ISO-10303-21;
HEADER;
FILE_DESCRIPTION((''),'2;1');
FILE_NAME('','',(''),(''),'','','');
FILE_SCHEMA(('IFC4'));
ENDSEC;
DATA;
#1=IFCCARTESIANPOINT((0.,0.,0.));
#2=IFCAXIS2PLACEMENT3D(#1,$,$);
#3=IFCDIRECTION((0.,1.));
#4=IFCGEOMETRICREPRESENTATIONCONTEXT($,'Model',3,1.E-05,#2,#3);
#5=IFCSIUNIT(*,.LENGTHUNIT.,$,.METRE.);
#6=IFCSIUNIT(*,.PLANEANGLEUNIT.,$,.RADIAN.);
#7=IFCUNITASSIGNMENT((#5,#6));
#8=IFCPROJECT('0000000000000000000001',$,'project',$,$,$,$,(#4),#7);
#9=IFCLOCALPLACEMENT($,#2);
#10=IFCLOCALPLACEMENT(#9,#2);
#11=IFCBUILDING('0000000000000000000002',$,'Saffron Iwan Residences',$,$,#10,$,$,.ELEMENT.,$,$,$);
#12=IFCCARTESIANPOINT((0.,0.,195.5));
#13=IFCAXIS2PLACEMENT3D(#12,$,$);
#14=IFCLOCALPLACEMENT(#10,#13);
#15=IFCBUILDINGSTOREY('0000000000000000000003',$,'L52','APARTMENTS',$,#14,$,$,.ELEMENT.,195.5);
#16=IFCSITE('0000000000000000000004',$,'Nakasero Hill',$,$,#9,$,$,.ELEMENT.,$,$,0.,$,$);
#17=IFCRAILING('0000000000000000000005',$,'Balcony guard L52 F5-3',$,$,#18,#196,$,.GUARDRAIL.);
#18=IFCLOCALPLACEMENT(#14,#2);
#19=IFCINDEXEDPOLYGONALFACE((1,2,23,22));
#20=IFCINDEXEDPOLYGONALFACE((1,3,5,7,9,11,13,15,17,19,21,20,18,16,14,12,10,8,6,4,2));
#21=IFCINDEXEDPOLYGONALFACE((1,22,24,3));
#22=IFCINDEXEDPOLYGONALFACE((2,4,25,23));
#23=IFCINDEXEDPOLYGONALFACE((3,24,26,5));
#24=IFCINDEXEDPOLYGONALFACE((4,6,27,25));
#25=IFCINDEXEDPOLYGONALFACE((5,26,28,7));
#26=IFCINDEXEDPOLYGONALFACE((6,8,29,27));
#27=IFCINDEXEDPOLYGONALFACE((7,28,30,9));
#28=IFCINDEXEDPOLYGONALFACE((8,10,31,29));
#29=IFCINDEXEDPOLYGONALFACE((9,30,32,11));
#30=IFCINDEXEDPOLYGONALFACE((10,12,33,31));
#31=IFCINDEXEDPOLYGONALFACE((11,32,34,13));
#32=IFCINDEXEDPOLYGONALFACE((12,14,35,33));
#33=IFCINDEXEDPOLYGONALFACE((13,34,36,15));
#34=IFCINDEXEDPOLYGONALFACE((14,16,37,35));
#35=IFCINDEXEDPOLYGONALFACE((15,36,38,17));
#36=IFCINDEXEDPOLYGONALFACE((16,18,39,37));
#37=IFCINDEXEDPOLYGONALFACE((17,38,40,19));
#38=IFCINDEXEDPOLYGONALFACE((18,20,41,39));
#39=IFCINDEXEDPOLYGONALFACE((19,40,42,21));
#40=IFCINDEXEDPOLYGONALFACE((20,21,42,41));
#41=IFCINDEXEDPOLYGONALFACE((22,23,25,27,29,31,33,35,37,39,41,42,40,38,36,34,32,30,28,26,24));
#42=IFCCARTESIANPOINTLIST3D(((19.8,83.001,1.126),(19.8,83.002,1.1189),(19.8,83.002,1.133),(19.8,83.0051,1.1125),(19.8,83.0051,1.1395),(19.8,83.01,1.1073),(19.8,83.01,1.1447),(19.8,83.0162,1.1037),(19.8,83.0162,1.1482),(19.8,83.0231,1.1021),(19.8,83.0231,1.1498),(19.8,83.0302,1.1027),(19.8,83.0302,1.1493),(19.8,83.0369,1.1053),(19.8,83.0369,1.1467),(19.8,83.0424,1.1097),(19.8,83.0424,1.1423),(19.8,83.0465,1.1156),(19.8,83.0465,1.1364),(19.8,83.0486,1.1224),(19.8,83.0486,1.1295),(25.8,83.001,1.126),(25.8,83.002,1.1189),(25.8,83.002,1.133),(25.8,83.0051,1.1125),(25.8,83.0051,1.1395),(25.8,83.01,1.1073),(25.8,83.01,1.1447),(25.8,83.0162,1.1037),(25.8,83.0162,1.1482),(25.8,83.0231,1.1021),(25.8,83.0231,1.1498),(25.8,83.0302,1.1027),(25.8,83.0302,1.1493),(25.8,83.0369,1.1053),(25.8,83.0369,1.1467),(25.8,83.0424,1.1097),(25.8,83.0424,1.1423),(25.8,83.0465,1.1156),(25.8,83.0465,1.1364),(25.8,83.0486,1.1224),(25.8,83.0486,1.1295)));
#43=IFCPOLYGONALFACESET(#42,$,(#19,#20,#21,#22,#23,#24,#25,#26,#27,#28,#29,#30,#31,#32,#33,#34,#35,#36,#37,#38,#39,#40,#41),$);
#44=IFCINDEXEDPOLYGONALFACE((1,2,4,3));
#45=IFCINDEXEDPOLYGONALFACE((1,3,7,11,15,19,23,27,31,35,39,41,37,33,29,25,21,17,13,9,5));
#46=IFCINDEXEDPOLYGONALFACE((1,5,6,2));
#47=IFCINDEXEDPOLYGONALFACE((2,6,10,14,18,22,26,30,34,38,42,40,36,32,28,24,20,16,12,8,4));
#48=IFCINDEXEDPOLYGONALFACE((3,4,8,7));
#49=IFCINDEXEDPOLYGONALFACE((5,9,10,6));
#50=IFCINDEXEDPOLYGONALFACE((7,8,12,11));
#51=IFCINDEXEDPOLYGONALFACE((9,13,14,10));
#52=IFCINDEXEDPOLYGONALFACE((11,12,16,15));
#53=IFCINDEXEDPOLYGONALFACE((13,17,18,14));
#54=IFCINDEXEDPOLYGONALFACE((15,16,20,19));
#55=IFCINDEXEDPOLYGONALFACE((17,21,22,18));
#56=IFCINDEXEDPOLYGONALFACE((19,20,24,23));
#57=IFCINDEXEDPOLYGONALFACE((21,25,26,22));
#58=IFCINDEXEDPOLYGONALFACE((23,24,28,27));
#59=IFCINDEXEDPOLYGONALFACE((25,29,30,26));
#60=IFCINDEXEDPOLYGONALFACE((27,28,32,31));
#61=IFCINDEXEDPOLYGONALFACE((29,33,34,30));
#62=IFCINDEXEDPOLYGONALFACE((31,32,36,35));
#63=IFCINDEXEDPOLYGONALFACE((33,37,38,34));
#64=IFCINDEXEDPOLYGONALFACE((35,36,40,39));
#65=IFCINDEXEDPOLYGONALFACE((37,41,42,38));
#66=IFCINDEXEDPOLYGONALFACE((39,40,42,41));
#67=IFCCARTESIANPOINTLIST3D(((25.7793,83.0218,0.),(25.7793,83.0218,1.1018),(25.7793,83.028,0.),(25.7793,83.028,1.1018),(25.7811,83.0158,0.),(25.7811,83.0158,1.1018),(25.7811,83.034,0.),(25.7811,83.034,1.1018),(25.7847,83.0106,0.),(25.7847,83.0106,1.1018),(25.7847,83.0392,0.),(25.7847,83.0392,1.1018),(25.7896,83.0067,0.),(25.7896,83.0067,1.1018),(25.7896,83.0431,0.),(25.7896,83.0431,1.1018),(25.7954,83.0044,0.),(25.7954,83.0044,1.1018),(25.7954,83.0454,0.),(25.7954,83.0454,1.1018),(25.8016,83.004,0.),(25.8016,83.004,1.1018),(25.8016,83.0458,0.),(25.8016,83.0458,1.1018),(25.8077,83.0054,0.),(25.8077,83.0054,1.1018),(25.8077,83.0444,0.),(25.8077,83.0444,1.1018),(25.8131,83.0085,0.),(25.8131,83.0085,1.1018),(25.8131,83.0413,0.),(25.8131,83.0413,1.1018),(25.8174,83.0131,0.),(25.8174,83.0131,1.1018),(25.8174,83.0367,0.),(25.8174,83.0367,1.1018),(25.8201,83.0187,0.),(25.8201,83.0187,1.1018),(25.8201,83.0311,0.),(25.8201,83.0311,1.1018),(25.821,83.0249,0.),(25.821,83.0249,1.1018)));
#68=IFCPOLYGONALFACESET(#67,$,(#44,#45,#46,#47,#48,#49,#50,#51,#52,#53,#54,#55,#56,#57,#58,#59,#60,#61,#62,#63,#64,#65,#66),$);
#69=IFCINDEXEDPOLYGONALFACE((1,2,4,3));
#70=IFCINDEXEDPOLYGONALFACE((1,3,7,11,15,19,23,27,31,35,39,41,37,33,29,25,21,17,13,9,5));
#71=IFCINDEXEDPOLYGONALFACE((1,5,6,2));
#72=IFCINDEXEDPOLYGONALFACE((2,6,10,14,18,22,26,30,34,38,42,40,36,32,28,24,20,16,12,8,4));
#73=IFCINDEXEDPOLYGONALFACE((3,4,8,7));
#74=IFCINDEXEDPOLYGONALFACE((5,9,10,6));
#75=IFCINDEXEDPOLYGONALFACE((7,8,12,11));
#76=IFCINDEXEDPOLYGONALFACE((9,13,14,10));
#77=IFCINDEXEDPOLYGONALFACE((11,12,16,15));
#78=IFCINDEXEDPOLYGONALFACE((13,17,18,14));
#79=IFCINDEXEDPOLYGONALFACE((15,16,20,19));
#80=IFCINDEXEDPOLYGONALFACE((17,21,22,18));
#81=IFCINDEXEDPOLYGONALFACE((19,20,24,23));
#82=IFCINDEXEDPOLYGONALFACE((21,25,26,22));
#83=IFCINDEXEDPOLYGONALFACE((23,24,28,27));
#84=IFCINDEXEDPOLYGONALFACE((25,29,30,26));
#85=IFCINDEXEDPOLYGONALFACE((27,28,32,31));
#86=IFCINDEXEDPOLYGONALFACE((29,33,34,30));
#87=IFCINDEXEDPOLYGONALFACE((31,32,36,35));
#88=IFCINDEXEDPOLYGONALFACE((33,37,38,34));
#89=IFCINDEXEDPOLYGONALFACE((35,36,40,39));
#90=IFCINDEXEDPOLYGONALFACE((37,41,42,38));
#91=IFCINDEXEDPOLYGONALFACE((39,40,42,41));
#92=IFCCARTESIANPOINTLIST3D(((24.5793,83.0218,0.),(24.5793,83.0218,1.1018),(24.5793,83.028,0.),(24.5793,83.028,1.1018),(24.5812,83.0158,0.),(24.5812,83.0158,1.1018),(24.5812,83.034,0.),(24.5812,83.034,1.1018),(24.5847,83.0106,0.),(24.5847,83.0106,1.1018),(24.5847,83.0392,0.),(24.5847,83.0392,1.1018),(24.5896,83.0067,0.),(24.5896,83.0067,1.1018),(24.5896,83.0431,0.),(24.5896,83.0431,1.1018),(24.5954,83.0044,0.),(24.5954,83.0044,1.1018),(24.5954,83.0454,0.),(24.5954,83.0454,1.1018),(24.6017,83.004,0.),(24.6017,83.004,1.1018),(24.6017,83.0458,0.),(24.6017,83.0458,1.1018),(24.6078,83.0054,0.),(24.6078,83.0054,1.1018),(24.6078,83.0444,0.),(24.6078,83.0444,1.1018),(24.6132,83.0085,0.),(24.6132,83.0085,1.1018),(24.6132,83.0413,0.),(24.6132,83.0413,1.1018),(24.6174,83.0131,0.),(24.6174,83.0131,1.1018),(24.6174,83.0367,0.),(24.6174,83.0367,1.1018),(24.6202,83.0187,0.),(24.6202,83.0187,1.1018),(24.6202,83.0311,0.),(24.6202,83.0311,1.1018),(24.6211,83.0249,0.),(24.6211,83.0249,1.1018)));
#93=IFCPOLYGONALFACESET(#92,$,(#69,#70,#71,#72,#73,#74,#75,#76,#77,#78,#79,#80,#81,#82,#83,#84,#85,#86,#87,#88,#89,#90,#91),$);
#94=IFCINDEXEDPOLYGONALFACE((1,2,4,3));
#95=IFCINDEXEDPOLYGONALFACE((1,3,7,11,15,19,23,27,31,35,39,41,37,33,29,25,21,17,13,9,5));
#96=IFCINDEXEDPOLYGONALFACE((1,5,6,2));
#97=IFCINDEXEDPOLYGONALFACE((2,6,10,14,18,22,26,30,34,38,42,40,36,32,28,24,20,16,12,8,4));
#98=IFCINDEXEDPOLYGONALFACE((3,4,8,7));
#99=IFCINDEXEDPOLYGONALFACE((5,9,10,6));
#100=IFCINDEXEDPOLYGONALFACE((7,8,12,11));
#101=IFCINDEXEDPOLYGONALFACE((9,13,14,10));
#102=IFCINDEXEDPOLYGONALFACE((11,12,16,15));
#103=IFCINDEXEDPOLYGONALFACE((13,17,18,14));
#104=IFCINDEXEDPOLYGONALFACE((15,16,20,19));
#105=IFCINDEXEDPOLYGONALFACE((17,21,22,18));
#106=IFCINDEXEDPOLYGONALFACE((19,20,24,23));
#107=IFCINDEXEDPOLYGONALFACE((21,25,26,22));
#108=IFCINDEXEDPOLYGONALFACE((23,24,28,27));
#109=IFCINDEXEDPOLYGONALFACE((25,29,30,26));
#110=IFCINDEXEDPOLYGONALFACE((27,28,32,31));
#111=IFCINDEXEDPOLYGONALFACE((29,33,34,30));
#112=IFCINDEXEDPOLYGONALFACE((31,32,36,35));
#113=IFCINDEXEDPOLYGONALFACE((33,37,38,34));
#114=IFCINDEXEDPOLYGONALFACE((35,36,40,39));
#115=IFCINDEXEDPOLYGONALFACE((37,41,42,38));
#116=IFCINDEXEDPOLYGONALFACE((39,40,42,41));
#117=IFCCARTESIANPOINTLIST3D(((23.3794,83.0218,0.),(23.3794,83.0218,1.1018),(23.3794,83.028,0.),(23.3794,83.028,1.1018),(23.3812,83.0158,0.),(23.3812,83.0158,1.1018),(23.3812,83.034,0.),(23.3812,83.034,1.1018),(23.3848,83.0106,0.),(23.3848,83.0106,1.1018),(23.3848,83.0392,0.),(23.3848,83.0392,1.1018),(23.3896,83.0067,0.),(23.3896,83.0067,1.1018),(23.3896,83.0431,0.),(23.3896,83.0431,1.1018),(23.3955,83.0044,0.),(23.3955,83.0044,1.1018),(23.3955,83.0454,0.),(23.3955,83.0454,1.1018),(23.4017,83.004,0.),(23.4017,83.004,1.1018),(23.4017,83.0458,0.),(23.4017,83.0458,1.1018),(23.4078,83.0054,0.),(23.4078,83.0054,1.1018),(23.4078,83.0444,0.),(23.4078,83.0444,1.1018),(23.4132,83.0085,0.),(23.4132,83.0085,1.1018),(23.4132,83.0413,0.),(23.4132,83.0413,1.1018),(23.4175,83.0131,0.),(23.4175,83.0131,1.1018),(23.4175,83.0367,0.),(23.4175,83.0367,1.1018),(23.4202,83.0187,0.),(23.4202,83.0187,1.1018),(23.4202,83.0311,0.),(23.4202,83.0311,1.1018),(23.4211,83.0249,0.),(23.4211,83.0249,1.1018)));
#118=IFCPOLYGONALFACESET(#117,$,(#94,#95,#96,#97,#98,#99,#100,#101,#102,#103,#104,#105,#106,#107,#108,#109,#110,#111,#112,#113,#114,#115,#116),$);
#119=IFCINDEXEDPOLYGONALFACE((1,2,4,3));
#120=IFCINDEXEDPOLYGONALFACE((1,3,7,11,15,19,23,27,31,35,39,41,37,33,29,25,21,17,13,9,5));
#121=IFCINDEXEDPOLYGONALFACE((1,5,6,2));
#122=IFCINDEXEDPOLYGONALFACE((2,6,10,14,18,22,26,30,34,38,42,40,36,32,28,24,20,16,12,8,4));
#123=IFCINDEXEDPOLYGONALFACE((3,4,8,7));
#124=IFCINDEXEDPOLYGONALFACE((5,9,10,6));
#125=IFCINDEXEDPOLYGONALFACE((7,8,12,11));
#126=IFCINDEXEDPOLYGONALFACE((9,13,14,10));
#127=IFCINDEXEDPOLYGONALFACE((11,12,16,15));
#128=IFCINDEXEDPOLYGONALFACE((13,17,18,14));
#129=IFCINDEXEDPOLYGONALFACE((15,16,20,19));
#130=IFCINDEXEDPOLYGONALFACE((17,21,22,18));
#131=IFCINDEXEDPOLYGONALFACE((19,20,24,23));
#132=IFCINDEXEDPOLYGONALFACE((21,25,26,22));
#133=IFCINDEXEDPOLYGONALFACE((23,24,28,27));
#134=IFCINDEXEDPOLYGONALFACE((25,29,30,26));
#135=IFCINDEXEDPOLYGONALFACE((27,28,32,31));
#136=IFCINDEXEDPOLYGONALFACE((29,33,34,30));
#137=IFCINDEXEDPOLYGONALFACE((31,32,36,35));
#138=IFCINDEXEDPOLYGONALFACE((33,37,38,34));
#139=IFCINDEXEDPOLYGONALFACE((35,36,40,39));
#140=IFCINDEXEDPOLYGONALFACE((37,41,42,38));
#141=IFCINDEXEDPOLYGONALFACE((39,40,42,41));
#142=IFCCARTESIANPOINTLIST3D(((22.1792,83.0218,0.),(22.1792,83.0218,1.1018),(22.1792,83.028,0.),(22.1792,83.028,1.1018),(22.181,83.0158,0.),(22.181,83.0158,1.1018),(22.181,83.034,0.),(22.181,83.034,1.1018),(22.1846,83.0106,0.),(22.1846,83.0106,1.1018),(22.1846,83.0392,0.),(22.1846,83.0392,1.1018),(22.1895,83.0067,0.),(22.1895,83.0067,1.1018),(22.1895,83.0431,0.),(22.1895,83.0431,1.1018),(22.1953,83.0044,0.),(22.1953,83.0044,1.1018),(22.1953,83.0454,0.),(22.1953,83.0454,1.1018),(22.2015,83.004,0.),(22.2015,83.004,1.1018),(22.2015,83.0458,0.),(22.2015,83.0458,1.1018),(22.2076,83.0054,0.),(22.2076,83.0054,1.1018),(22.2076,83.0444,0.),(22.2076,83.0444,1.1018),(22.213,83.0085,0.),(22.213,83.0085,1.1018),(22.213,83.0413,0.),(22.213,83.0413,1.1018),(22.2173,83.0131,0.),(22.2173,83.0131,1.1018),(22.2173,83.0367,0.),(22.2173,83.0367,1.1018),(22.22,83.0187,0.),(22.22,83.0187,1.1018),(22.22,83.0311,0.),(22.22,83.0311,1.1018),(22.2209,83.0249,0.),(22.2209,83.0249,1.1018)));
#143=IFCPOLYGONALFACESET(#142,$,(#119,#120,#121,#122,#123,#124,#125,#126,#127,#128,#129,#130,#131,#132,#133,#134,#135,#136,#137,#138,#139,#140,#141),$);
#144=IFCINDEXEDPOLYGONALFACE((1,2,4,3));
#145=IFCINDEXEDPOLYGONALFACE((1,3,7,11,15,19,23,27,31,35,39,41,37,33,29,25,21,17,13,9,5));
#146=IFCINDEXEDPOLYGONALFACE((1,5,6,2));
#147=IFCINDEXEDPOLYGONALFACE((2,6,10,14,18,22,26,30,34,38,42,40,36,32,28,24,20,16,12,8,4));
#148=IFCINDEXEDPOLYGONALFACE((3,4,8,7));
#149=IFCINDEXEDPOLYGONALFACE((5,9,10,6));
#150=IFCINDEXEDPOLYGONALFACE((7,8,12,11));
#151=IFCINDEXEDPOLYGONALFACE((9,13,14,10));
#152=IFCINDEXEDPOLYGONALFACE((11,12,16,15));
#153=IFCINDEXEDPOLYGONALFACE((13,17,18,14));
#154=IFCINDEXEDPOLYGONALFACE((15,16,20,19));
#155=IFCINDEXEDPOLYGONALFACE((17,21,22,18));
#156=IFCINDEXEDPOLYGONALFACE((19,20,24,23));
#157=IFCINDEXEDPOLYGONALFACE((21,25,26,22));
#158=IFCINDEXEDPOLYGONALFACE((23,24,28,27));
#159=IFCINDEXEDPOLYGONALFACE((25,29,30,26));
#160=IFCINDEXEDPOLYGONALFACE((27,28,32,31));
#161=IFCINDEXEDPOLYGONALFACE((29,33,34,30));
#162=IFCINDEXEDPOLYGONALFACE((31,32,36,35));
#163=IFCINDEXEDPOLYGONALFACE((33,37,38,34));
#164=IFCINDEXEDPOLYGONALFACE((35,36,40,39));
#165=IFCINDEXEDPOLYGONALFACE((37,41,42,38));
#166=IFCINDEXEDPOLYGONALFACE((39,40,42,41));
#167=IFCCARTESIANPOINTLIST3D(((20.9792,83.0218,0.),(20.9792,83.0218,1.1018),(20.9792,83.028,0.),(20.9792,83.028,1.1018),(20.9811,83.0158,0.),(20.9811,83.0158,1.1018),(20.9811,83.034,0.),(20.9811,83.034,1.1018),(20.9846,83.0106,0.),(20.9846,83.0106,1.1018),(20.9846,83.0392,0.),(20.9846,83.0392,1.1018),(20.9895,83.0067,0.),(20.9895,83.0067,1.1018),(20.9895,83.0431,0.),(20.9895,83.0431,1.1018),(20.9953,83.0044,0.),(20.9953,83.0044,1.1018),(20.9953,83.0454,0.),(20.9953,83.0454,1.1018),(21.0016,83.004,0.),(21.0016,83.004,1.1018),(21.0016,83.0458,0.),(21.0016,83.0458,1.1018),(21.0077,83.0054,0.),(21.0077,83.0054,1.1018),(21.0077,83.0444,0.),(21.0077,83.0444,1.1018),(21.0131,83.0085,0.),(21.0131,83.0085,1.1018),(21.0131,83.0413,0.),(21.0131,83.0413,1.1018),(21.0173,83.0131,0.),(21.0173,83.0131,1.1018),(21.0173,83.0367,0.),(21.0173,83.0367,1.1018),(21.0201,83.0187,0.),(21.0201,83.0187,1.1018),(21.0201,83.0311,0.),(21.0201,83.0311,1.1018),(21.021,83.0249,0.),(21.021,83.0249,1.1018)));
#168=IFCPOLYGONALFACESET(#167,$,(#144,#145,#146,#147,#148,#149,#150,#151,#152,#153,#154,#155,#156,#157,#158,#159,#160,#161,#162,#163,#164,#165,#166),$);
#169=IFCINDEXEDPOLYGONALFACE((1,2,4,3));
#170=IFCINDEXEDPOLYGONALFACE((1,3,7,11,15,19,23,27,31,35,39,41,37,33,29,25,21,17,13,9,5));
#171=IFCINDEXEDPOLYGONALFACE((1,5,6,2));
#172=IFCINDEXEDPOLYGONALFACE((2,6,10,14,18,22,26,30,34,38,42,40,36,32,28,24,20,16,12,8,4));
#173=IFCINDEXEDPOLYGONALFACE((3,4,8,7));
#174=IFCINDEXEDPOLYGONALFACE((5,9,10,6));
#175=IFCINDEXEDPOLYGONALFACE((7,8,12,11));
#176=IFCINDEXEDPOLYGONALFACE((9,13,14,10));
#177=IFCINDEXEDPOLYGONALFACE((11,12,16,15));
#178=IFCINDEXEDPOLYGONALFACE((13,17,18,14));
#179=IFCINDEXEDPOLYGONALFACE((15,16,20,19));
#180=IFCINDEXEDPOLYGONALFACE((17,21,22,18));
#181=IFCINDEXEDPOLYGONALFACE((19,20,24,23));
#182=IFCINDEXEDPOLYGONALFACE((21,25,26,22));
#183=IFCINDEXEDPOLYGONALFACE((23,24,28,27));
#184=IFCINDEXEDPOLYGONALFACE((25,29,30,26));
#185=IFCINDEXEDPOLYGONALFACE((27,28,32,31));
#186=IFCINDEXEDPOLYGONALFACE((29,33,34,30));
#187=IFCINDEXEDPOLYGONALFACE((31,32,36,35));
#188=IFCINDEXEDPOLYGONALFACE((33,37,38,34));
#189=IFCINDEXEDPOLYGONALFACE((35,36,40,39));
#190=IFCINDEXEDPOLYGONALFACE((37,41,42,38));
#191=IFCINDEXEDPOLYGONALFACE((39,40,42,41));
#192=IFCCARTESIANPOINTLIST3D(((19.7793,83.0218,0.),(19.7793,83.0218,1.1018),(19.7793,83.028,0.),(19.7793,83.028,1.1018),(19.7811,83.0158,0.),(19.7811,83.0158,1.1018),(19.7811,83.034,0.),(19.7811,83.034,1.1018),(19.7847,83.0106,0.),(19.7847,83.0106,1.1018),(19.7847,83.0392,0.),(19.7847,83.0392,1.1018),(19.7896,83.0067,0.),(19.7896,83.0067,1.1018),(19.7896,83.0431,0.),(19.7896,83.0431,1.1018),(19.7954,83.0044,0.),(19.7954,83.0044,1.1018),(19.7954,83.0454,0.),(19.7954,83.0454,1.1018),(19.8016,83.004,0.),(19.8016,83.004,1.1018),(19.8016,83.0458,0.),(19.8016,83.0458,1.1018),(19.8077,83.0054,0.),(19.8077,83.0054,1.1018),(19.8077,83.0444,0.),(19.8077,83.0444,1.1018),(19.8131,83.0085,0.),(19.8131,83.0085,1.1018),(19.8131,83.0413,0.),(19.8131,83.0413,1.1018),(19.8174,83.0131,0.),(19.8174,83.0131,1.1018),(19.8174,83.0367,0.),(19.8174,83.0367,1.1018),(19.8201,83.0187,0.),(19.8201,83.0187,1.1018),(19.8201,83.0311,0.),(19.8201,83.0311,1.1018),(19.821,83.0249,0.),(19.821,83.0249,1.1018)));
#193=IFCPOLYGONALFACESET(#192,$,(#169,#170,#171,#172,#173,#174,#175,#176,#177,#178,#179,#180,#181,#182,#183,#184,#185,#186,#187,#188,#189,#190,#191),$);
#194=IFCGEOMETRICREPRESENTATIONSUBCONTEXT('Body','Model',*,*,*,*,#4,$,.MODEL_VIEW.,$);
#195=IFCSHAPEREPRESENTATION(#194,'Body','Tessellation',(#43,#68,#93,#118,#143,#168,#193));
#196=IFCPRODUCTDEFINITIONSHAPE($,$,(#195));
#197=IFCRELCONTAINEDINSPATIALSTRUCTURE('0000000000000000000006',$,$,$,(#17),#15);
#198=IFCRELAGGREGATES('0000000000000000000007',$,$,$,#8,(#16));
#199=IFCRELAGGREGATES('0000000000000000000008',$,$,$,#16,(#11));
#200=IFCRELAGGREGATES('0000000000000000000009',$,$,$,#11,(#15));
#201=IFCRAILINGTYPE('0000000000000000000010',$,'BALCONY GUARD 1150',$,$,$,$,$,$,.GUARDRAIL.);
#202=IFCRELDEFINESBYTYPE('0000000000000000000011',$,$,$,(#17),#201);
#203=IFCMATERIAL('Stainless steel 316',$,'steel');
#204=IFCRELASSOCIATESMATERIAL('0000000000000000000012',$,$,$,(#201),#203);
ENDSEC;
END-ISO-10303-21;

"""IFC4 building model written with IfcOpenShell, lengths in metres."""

from ifc_helpers import new_model, si_unit, direction, frame, origin, origin_2d, place, context, subcontext, project, spatial, circle, extrude, material, type_object, element, save


model = new_model("IFC4")

# Units and contexts
model_context = context("Model", 3, precision=1e-05, world=origin(), true_north=direction((0.0, 1.0)))
body_context = subcontext(model_context, "Body", "Model", "MODEL_VIEW")
ifc_project = project(units=[si_unit("LENGTHUNIT", "METRE"), si_unit("PLANEANGLEUNIT", "RADIAN")], contexts=[model_context])

# Site, building, storey
site_placement = place(None, origin())
site = spatial("IfcSite", under=ifc_project, at=site_placement, Name="Nakasero Hill", CompositionType="ELEMENT", RefElevation=0.0)
building_placement = place(site_placement, origin())
building = spatial("IfcBuilding", under=site, at=building_placement, Name="Saffron Iwan Residences", CompositionType="ELEMENT")
storey_placement = place(building_placement, frame((0.0, 0.0, 195.5)))
storey = spatial("IfcBuildingStorey", under=building, at=storey_placement, Name="L52", Description="APARTMENTS", CompositionType="ELEMENT", Elevation=195.5)

# Railing
ifc_material_1 = material(Name="Stainless steel 316", Category="steel")
railing_type_1 = type_object("IfcRailingType", Name="BALCONY GUARD 1150", PredefinedType="GUARDRAIL", material=ifc_material_1)
railing_1_placement = place(storey_placement, frame((25.8, 83.0249, 0.0)))
element("IfcRailing", 1, at=railing_1_placement, inside=storey, type_object=railing_type_1, Name="Balcony guard L52 F5-3", PredefinedType="GUARDRAIL", context=body_context, shape_type="SweptSolid", body=[
    extrude(circle(Radius=0.0239, at=origin_2d()), frame((0.0, 0.0, 1.126), z_axis=(-1.0, 0.0, 0.0), x_axis=(0.0, -1.0, 0.0)), (0.0, 0.0, 1.0), 6.0),
    extrude(circle(Radius=0.021, at=origin_2d()), origin(), (0.0, 0.0, 1.0), 1.1018),
    extrude(circle(Radius=0.021, at=origin_2d()), frame((-1.2, 0.0, 0.0)), (0.0, 0.0, 1.0), 1.1018),
    extrude(circle(Radius=0.021, at=origin_2d()), frame((-2.3999, 0.0, 0.0)), (0.0, 0.0, 1.0), 1.1018),
    extrude(circle(Radius=0.021, at=origin_2d()), frame((-3.6001, 0.0, 0.0)), (0.0, 0.0, 1.0), 1.1018),
    extrude(circle(Radius=0.021, at=origin_2d()), frame((-4.8, 0.0, 0.0)), (0.0, 0.0, 1.0), 1.1018),
    extrude(circle(Radius=0.021, at=origin_2d()), frame((-6.0, 0.0, 0.0)), (0.0, 0.0, 1.0), 1.1018),
])

save(model, "model.ifc")
